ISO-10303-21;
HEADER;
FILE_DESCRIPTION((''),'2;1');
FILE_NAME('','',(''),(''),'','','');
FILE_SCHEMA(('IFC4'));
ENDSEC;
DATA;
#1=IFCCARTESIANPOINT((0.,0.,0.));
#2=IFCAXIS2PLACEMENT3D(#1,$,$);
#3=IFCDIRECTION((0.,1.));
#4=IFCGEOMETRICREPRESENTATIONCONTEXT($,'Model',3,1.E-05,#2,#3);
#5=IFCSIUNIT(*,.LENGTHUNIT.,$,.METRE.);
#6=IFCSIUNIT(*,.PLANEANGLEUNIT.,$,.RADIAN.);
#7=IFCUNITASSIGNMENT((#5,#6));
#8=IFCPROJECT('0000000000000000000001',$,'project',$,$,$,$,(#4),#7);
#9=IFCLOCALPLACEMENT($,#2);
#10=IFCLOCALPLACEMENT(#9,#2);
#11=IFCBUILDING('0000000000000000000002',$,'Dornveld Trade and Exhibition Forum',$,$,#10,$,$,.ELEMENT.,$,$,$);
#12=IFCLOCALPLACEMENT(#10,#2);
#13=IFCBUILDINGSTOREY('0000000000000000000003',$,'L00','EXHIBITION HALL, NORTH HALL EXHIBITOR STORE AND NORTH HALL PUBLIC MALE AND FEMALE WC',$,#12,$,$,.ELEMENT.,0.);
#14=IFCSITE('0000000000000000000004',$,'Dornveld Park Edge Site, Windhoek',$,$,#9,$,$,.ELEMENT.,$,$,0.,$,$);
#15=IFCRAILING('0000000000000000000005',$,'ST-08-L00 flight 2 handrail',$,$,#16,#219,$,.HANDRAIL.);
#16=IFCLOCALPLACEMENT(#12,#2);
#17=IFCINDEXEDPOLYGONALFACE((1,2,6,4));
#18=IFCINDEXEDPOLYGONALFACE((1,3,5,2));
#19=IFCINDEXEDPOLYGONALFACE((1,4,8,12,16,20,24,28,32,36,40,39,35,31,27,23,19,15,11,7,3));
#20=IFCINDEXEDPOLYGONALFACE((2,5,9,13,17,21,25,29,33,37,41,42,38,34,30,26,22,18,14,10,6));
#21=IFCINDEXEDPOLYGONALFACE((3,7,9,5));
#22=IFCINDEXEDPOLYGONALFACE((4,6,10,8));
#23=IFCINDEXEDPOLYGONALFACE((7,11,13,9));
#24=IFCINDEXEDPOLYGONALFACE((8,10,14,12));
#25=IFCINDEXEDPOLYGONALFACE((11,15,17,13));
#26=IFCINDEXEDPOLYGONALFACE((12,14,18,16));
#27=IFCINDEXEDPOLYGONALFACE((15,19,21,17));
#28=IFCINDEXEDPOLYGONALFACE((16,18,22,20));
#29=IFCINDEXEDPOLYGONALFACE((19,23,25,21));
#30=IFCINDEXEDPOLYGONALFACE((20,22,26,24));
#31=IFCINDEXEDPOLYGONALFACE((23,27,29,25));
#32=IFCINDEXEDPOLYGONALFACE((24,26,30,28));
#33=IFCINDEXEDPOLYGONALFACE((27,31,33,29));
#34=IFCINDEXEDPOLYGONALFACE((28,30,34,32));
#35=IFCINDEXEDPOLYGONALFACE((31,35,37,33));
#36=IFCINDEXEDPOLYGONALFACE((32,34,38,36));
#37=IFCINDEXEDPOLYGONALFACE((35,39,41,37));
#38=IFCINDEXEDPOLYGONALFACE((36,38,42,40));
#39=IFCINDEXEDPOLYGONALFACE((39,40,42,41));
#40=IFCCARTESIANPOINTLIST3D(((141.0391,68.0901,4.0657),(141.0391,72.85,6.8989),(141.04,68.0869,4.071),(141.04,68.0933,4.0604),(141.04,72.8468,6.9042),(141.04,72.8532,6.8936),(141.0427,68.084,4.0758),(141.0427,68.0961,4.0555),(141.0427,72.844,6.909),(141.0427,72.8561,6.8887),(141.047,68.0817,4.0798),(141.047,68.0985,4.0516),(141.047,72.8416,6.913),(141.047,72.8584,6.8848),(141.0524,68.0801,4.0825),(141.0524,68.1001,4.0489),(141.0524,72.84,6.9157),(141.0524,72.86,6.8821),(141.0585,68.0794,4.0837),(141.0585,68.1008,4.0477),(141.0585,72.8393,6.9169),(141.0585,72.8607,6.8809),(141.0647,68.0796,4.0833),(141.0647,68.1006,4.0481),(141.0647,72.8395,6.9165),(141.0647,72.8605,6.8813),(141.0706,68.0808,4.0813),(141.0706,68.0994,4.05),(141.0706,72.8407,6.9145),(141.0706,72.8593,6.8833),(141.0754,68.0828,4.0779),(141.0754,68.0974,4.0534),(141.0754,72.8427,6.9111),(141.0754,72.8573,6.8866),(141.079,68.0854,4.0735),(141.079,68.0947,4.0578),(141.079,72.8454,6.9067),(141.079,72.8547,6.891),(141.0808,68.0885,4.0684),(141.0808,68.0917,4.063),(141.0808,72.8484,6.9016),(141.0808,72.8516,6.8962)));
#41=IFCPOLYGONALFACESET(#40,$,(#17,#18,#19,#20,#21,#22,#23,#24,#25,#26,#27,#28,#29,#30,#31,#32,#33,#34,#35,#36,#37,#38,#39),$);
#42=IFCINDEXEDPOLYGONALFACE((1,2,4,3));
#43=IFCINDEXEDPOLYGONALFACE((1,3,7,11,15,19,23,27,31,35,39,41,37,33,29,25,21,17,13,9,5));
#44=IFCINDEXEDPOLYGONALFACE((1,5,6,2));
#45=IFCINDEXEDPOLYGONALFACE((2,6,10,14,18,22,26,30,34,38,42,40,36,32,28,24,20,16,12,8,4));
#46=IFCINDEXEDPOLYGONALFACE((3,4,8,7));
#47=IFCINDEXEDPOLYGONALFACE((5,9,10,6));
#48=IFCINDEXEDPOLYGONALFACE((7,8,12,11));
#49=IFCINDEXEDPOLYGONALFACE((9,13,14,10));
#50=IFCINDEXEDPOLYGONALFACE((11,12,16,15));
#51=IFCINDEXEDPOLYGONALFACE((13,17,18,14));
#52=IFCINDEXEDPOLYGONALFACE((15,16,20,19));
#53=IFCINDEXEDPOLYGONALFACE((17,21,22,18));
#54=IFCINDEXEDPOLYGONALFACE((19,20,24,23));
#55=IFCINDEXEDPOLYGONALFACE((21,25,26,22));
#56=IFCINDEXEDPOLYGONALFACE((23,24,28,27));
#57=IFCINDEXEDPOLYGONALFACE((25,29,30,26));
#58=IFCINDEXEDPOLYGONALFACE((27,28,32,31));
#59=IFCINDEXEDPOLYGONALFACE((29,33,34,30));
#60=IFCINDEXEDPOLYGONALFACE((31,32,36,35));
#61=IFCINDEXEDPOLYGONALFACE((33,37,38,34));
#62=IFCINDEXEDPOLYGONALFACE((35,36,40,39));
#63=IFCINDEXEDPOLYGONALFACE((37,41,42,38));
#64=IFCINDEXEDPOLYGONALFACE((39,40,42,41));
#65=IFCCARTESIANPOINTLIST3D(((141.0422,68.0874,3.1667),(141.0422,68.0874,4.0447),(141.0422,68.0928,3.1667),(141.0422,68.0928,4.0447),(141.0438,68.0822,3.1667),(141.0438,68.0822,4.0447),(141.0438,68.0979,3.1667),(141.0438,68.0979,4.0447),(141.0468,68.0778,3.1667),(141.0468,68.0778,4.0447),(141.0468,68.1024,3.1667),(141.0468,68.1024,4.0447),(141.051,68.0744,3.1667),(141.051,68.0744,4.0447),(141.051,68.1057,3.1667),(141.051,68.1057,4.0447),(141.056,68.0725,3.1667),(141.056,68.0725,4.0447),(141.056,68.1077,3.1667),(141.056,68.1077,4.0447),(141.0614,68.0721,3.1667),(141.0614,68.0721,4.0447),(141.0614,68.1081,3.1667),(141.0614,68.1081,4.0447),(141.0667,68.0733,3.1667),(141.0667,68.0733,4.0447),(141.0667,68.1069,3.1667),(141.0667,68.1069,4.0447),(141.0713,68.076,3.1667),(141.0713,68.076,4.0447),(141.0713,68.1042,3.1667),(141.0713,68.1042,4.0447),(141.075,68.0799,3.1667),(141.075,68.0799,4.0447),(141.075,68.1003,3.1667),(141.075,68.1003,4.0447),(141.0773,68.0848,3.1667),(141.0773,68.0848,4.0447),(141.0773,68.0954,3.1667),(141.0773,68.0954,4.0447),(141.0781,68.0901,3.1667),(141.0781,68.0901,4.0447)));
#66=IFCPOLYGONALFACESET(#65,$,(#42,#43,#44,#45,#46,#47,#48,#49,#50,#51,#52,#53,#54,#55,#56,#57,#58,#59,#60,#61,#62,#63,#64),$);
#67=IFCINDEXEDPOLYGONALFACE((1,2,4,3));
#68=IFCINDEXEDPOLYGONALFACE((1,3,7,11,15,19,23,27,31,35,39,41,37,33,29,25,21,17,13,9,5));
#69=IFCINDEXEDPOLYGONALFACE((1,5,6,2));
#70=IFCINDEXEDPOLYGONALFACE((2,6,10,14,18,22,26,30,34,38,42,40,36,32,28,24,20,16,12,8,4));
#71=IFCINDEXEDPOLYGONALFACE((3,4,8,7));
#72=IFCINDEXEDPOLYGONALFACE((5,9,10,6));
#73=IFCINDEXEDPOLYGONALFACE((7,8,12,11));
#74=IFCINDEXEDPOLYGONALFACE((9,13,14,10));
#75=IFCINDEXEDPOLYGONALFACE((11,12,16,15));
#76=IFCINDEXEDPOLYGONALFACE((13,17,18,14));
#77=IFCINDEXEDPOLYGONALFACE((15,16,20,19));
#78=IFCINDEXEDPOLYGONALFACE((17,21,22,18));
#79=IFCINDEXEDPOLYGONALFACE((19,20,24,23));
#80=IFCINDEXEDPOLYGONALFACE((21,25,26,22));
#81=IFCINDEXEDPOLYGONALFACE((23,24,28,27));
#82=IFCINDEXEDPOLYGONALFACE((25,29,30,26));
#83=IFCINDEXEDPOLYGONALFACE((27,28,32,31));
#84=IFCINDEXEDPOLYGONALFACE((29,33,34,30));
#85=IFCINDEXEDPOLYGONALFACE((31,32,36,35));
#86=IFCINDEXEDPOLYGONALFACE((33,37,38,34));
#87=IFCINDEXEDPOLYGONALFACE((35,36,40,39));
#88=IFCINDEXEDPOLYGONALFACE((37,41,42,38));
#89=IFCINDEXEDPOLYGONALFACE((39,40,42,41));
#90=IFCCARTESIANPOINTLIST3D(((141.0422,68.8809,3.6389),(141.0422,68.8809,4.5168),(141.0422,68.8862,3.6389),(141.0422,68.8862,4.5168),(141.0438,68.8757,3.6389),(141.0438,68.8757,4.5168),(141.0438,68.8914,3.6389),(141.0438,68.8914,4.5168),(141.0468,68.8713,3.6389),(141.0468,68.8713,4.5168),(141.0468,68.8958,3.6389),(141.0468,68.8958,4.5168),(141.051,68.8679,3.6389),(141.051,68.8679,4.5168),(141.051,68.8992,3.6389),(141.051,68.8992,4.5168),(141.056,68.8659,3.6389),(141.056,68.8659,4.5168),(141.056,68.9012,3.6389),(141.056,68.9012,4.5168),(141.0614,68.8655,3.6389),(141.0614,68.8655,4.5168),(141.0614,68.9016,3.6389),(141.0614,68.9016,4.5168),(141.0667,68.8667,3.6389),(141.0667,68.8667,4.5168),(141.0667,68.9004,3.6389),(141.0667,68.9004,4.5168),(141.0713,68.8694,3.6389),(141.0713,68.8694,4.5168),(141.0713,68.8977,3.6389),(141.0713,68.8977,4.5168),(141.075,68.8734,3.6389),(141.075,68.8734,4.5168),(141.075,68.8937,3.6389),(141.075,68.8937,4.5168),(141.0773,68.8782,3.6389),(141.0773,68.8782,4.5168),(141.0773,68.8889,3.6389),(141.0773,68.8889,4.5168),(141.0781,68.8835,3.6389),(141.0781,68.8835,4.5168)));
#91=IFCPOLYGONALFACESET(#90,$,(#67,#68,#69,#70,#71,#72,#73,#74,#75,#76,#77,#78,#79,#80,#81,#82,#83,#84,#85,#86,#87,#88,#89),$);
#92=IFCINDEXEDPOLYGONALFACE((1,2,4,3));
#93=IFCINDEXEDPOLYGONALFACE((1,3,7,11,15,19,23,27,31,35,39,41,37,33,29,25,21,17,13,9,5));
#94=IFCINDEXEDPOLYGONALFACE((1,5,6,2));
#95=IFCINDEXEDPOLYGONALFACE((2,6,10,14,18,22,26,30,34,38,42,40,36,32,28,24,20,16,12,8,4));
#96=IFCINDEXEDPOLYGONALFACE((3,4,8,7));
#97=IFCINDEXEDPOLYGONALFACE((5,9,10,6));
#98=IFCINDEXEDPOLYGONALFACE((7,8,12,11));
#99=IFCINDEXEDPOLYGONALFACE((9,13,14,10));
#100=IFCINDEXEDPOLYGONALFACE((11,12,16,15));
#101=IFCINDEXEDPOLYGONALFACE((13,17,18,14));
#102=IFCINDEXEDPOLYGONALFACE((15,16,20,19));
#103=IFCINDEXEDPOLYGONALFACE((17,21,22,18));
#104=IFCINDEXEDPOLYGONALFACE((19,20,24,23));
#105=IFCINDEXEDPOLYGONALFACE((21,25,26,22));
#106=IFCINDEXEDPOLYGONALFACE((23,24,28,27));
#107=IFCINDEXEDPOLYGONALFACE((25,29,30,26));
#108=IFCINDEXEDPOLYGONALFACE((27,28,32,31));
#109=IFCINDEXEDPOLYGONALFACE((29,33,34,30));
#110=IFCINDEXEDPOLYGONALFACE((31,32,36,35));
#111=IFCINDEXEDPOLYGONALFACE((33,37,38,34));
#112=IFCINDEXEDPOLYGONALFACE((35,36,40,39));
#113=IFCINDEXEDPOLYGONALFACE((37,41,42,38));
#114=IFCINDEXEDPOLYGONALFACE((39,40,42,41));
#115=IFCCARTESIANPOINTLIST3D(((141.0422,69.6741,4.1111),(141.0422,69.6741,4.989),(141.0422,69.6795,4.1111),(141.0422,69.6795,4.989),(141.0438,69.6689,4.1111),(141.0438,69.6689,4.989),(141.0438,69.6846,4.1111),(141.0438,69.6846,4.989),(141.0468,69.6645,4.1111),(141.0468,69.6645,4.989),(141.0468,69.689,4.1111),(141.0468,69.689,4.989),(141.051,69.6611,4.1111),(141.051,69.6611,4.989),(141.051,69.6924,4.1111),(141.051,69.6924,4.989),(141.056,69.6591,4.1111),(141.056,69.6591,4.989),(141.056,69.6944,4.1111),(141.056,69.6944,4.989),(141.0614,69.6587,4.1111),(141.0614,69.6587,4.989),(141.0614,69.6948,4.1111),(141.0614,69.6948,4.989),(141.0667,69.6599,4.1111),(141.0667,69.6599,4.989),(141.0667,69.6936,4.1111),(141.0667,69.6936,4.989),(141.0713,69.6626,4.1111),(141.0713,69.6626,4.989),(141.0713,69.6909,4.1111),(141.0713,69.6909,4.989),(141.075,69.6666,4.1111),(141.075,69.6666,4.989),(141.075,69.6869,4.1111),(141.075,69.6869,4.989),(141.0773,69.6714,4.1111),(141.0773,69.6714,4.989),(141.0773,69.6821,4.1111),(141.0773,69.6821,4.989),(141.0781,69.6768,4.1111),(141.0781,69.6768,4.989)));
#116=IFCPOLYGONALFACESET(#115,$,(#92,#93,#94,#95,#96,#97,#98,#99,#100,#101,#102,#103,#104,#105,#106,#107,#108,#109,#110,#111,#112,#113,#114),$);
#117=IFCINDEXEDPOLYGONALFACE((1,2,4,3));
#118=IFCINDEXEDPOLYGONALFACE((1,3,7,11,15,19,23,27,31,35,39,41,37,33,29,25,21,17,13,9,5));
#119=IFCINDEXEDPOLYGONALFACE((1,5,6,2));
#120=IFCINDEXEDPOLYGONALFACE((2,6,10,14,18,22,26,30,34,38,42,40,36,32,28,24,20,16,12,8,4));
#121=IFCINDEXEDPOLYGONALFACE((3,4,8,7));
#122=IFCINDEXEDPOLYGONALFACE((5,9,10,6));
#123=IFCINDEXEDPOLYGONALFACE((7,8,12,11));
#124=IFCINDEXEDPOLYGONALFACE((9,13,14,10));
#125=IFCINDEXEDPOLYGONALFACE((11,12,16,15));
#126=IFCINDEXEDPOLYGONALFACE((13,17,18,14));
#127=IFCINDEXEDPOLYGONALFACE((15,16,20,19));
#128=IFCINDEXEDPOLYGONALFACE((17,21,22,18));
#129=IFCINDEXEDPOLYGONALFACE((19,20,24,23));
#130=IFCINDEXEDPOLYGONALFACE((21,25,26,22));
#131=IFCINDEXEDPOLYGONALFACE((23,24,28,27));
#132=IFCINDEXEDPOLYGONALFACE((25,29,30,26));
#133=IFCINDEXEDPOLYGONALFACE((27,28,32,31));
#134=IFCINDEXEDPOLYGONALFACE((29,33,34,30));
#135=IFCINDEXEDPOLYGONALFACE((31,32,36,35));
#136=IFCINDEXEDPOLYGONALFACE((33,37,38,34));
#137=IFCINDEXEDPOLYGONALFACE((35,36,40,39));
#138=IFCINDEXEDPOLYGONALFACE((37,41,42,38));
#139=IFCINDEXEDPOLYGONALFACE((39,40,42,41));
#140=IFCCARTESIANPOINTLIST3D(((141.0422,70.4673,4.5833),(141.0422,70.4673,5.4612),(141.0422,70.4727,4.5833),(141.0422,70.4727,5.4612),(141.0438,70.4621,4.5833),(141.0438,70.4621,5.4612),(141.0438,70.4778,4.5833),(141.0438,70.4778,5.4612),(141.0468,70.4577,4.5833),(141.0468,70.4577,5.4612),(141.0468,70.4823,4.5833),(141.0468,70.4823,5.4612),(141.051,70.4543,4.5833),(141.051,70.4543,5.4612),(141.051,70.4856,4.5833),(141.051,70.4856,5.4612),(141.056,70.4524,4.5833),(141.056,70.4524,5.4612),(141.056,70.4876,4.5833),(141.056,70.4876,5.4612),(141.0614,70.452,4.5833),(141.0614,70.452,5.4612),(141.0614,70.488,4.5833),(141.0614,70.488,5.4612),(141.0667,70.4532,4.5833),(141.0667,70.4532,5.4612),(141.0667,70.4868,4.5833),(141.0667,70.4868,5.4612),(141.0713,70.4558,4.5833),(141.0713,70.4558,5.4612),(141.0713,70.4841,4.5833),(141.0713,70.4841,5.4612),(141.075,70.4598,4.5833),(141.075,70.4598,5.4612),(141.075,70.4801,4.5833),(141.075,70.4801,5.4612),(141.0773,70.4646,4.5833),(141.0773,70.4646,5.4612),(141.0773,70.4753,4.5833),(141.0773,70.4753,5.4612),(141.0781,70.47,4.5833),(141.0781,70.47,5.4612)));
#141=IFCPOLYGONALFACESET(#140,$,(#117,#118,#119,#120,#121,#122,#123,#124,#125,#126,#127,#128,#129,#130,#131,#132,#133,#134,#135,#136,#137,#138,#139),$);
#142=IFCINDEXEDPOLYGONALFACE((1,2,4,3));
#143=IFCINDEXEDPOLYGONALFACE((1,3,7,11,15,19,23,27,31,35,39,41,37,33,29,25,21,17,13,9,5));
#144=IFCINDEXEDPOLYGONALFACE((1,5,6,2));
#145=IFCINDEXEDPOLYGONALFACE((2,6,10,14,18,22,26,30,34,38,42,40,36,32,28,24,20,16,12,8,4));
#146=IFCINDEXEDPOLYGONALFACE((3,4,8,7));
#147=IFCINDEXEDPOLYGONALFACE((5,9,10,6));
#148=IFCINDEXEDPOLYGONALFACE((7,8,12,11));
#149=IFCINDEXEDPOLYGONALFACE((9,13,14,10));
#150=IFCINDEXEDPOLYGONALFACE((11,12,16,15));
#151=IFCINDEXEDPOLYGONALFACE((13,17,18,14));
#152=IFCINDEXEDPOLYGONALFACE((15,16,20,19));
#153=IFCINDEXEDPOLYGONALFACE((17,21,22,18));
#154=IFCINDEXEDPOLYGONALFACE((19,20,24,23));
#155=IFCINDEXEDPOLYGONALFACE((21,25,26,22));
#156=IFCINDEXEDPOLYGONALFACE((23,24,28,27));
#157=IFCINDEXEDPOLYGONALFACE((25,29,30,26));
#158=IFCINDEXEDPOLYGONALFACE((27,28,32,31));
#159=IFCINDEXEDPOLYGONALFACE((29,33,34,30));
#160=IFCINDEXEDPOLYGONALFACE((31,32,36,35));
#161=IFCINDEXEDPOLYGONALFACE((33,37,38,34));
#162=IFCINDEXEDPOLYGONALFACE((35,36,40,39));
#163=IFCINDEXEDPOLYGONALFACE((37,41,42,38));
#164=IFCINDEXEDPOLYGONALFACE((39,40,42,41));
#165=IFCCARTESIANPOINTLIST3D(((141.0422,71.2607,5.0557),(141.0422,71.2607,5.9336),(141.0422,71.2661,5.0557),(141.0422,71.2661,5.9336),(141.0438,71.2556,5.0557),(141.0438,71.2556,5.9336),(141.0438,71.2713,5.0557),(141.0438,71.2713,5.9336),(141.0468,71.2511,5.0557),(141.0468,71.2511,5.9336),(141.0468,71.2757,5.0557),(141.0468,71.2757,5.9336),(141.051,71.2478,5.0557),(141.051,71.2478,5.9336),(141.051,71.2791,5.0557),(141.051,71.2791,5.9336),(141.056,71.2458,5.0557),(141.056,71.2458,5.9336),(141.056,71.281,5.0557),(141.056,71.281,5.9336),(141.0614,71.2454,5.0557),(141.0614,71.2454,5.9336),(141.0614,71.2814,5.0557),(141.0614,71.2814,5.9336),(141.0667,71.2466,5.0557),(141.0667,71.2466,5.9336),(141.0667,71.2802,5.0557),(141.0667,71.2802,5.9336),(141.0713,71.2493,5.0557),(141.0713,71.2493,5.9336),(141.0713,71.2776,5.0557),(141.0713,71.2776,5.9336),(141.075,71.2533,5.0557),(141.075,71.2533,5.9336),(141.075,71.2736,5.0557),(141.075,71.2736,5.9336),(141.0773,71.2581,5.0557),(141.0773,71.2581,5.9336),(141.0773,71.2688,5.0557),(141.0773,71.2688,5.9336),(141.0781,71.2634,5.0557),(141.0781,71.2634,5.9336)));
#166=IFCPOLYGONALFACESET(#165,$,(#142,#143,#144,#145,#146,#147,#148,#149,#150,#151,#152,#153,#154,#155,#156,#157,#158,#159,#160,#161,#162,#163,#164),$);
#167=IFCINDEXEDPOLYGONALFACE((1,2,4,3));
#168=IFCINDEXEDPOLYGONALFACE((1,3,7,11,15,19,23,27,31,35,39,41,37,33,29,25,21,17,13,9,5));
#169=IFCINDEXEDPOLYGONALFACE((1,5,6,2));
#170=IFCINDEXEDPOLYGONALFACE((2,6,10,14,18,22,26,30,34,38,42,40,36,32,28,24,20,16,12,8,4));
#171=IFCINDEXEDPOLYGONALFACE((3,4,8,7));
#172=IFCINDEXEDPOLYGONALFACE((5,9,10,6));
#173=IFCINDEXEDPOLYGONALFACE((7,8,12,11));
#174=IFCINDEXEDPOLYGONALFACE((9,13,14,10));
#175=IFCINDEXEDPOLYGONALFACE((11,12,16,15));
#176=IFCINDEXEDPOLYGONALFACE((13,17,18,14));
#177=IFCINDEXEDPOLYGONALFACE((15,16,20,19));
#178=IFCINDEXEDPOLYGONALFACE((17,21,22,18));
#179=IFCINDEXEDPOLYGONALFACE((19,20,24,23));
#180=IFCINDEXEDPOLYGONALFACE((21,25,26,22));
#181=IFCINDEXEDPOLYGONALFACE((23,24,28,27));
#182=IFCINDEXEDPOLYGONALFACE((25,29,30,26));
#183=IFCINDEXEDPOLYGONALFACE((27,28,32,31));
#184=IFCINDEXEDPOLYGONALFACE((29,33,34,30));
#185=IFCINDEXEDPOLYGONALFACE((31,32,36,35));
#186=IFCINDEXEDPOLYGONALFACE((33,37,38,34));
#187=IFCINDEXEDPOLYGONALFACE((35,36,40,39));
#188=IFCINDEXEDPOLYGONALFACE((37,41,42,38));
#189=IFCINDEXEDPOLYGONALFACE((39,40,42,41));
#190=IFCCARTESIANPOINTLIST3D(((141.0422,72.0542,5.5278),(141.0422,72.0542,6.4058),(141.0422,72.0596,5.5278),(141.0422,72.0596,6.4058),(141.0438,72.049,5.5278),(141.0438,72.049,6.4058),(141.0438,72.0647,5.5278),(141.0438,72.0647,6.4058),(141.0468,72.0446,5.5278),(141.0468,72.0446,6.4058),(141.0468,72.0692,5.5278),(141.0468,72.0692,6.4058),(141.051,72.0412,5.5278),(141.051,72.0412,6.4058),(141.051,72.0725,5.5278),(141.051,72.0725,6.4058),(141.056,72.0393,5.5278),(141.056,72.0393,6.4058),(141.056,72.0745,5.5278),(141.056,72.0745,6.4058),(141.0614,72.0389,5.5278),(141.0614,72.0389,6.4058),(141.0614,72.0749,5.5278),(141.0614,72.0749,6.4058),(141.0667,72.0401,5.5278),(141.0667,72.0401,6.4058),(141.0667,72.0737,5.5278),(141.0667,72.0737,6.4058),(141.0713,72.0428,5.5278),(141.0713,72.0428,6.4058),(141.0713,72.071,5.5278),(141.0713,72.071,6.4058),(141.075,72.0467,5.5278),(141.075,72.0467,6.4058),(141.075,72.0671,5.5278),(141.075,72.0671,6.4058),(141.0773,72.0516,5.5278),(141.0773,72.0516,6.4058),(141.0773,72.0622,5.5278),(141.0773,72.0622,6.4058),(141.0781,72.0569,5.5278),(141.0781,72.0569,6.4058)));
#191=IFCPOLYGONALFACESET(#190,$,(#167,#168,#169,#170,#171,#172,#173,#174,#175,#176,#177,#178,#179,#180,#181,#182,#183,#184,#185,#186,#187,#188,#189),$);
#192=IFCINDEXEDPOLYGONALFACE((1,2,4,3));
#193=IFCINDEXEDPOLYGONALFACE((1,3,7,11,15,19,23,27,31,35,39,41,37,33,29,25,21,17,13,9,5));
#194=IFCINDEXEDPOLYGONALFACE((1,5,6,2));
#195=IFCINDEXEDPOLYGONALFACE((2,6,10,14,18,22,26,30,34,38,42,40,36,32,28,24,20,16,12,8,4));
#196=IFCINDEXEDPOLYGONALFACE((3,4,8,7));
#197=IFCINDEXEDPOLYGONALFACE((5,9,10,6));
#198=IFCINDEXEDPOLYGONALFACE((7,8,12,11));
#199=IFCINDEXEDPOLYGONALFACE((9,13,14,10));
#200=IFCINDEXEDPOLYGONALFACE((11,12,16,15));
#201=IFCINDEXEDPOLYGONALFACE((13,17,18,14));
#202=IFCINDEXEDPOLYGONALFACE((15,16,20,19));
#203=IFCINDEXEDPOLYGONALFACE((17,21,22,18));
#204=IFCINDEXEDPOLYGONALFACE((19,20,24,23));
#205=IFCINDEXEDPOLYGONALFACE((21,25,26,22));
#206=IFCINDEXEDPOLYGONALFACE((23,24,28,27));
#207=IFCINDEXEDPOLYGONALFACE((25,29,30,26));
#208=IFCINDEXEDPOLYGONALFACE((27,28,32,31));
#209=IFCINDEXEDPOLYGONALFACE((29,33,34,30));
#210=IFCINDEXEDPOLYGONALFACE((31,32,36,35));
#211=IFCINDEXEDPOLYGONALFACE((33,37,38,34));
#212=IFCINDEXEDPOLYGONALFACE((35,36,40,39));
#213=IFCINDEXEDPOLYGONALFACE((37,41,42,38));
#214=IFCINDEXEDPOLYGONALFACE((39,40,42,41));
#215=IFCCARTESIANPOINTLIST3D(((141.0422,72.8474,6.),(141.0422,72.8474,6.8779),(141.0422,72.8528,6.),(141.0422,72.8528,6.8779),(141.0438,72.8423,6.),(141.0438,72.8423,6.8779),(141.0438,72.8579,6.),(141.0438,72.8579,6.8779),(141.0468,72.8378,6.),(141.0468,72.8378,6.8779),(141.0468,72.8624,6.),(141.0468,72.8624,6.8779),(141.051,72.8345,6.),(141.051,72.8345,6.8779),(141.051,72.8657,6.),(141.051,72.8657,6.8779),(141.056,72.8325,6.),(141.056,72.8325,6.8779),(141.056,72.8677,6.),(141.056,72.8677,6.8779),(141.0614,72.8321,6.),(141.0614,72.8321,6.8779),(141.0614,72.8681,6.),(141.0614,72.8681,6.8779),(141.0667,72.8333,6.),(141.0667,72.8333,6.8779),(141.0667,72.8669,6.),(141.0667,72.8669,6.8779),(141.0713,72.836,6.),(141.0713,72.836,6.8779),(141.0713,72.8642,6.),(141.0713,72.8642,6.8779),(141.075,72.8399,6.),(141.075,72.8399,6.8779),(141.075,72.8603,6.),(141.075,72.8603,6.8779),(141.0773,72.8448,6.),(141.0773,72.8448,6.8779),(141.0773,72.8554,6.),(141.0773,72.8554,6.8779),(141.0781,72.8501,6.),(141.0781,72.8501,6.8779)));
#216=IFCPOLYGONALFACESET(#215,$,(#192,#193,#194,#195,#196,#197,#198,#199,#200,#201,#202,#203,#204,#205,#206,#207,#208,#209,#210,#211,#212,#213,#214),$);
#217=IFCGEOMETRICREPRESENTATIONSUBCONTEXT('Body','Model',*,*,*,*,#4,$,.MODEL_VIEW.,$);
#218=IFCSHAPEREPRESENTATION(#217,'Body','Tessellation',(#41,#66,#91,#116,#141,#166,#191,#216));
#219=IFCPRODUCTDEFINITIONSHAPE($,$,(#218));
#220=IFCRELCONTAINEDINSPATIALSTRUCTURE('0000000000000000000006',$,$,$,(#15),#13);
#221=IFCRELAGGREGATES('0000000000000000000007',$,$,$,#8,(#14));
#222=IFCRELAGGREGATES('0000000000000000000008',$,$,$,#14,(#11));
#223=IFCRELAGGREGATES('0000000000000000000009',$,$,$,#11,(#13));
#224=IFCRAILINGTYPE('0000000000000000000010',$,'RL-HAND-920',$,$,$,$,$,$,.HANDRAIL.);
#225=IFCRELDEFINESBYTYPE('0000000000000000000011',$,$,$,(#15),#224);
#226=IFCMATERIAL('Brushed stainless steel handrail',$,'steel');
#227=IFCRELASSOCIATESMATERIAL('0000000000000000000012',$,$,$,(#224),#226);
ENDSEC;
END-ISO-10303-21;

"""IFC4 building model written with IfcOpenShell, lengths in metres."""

from ifc_helpers import new_model, si_unit, direction, frame, origin, origin_2d, place, context, subcontext, project, spatial, circle, extrude, material, type_object, element, save


model = new_model("IFC4")

# Units and contexts
model_context = context("Model", 3, precision=1e-05, world=origin(), true_north=direction((0.0, 1.0)))
body_context = subcontext(model_context, "Body", "Model", "MODEL_VIEW")
ifc_project = project(units=[si_unit("LENGTHUNIT", "METRE"), si_unit("PLANEANGLEUNIT", "RADIAN")], contexts=[model_context])

# Site, building, storey
site_placement = place(None, origin())
site = spatial("IfcSite", under=ifc_project, at=site_placement, Name="Dornveld Park Edge Site, Windhoek", CompositionType="ELEMENT", RefElevation=0.0)
building_placement = place(site_placement, origin())
building = spatial("IfcBuilding", under=site, at=building_placement, Name="Dornveld Trade and Exhibition Forum", CompositionType="ELEMENT")
storey_placement = place(building_placement, origin())
storey = spatial("IfcBuildingStorey", under=building, at=storey_placement, Name="L00", Description="EXHIBITION HALL, NORTH HALL EXHIBITOR STORE AND NORTH HALL PUBLIC MALE AND FEMALE WC", CompositionType="ELEMENT", Elevation=0.0)

# Railing
ifc_material_1 = material(Name="Brushed stainless steel handrail", Category="steel")
railing_type_1 = type_object("IfcRailingType", Name="RL-HAND-920", PredefinedType="HANDRAIL", material=ifc_material_1)
railing_1_placement = place(storey_placement, frame((141.0601, 68.0901, 3.1667)))
element("IfcRailing", 1, at=railing_1_placement, inside=storey, type_object=railing_type_1, Name="ST-08-L00 flight 2 handrail", PredefinedType="HANDRAIL", context=body_context, shape_type="SweptSolid", body=[
    extrude(circle(Radius=0.021, at=origin_2d()), frame((0.0, 0.0, 0.8989), z_axis=(0.0, 0.8593, 0.511472), x_axis=(-1.0, 0.0, 0.0)), (0.0, 0.0, 1.0), 5.5393),
    extrude(circle(Radius=0.0181, at=origin_2d()), origin(), (0.0, 0.0, 1.0), 0.8779),
    extrude(circle(Radius=0.0181, at=origin_2d()), frame((0.0, 0.7935, 0.4722)), (0.0, 0.0, 1.0), 0.8779),
    extrude(circle(Radius=0.0181, at=origin_2d()), frame((0.0, 1.5867, 0.9443)), (0.0, 0.0, 1.0), 0.8779),
    extrude(circle(Radius=0.0181, at=origin_2d()), frame((0.0, 2.3799, 1.4165)), (0.0, 0.0, 1.0), 0.8779),
    extrude(circle(Radius=0.0181, at=origin_2d()), frame((0.0, 3.1733, 1.8889)), (0.0, 0.0, 1.0), 0.8779),
    extrude(circle(Radius=0.0181, at=origin_2d()), frame((0.0, 3.9668, 2.3611)), (0.0, 0.0, 1.0), 0.8779),
    extrude(circle(Radius=0.0181, at=origin_2d()), frame((0.0, 4.76, 2.8333)), (0.0, 0.0, 1.0), 0.8779),
])

save(model, "model.ifc")
